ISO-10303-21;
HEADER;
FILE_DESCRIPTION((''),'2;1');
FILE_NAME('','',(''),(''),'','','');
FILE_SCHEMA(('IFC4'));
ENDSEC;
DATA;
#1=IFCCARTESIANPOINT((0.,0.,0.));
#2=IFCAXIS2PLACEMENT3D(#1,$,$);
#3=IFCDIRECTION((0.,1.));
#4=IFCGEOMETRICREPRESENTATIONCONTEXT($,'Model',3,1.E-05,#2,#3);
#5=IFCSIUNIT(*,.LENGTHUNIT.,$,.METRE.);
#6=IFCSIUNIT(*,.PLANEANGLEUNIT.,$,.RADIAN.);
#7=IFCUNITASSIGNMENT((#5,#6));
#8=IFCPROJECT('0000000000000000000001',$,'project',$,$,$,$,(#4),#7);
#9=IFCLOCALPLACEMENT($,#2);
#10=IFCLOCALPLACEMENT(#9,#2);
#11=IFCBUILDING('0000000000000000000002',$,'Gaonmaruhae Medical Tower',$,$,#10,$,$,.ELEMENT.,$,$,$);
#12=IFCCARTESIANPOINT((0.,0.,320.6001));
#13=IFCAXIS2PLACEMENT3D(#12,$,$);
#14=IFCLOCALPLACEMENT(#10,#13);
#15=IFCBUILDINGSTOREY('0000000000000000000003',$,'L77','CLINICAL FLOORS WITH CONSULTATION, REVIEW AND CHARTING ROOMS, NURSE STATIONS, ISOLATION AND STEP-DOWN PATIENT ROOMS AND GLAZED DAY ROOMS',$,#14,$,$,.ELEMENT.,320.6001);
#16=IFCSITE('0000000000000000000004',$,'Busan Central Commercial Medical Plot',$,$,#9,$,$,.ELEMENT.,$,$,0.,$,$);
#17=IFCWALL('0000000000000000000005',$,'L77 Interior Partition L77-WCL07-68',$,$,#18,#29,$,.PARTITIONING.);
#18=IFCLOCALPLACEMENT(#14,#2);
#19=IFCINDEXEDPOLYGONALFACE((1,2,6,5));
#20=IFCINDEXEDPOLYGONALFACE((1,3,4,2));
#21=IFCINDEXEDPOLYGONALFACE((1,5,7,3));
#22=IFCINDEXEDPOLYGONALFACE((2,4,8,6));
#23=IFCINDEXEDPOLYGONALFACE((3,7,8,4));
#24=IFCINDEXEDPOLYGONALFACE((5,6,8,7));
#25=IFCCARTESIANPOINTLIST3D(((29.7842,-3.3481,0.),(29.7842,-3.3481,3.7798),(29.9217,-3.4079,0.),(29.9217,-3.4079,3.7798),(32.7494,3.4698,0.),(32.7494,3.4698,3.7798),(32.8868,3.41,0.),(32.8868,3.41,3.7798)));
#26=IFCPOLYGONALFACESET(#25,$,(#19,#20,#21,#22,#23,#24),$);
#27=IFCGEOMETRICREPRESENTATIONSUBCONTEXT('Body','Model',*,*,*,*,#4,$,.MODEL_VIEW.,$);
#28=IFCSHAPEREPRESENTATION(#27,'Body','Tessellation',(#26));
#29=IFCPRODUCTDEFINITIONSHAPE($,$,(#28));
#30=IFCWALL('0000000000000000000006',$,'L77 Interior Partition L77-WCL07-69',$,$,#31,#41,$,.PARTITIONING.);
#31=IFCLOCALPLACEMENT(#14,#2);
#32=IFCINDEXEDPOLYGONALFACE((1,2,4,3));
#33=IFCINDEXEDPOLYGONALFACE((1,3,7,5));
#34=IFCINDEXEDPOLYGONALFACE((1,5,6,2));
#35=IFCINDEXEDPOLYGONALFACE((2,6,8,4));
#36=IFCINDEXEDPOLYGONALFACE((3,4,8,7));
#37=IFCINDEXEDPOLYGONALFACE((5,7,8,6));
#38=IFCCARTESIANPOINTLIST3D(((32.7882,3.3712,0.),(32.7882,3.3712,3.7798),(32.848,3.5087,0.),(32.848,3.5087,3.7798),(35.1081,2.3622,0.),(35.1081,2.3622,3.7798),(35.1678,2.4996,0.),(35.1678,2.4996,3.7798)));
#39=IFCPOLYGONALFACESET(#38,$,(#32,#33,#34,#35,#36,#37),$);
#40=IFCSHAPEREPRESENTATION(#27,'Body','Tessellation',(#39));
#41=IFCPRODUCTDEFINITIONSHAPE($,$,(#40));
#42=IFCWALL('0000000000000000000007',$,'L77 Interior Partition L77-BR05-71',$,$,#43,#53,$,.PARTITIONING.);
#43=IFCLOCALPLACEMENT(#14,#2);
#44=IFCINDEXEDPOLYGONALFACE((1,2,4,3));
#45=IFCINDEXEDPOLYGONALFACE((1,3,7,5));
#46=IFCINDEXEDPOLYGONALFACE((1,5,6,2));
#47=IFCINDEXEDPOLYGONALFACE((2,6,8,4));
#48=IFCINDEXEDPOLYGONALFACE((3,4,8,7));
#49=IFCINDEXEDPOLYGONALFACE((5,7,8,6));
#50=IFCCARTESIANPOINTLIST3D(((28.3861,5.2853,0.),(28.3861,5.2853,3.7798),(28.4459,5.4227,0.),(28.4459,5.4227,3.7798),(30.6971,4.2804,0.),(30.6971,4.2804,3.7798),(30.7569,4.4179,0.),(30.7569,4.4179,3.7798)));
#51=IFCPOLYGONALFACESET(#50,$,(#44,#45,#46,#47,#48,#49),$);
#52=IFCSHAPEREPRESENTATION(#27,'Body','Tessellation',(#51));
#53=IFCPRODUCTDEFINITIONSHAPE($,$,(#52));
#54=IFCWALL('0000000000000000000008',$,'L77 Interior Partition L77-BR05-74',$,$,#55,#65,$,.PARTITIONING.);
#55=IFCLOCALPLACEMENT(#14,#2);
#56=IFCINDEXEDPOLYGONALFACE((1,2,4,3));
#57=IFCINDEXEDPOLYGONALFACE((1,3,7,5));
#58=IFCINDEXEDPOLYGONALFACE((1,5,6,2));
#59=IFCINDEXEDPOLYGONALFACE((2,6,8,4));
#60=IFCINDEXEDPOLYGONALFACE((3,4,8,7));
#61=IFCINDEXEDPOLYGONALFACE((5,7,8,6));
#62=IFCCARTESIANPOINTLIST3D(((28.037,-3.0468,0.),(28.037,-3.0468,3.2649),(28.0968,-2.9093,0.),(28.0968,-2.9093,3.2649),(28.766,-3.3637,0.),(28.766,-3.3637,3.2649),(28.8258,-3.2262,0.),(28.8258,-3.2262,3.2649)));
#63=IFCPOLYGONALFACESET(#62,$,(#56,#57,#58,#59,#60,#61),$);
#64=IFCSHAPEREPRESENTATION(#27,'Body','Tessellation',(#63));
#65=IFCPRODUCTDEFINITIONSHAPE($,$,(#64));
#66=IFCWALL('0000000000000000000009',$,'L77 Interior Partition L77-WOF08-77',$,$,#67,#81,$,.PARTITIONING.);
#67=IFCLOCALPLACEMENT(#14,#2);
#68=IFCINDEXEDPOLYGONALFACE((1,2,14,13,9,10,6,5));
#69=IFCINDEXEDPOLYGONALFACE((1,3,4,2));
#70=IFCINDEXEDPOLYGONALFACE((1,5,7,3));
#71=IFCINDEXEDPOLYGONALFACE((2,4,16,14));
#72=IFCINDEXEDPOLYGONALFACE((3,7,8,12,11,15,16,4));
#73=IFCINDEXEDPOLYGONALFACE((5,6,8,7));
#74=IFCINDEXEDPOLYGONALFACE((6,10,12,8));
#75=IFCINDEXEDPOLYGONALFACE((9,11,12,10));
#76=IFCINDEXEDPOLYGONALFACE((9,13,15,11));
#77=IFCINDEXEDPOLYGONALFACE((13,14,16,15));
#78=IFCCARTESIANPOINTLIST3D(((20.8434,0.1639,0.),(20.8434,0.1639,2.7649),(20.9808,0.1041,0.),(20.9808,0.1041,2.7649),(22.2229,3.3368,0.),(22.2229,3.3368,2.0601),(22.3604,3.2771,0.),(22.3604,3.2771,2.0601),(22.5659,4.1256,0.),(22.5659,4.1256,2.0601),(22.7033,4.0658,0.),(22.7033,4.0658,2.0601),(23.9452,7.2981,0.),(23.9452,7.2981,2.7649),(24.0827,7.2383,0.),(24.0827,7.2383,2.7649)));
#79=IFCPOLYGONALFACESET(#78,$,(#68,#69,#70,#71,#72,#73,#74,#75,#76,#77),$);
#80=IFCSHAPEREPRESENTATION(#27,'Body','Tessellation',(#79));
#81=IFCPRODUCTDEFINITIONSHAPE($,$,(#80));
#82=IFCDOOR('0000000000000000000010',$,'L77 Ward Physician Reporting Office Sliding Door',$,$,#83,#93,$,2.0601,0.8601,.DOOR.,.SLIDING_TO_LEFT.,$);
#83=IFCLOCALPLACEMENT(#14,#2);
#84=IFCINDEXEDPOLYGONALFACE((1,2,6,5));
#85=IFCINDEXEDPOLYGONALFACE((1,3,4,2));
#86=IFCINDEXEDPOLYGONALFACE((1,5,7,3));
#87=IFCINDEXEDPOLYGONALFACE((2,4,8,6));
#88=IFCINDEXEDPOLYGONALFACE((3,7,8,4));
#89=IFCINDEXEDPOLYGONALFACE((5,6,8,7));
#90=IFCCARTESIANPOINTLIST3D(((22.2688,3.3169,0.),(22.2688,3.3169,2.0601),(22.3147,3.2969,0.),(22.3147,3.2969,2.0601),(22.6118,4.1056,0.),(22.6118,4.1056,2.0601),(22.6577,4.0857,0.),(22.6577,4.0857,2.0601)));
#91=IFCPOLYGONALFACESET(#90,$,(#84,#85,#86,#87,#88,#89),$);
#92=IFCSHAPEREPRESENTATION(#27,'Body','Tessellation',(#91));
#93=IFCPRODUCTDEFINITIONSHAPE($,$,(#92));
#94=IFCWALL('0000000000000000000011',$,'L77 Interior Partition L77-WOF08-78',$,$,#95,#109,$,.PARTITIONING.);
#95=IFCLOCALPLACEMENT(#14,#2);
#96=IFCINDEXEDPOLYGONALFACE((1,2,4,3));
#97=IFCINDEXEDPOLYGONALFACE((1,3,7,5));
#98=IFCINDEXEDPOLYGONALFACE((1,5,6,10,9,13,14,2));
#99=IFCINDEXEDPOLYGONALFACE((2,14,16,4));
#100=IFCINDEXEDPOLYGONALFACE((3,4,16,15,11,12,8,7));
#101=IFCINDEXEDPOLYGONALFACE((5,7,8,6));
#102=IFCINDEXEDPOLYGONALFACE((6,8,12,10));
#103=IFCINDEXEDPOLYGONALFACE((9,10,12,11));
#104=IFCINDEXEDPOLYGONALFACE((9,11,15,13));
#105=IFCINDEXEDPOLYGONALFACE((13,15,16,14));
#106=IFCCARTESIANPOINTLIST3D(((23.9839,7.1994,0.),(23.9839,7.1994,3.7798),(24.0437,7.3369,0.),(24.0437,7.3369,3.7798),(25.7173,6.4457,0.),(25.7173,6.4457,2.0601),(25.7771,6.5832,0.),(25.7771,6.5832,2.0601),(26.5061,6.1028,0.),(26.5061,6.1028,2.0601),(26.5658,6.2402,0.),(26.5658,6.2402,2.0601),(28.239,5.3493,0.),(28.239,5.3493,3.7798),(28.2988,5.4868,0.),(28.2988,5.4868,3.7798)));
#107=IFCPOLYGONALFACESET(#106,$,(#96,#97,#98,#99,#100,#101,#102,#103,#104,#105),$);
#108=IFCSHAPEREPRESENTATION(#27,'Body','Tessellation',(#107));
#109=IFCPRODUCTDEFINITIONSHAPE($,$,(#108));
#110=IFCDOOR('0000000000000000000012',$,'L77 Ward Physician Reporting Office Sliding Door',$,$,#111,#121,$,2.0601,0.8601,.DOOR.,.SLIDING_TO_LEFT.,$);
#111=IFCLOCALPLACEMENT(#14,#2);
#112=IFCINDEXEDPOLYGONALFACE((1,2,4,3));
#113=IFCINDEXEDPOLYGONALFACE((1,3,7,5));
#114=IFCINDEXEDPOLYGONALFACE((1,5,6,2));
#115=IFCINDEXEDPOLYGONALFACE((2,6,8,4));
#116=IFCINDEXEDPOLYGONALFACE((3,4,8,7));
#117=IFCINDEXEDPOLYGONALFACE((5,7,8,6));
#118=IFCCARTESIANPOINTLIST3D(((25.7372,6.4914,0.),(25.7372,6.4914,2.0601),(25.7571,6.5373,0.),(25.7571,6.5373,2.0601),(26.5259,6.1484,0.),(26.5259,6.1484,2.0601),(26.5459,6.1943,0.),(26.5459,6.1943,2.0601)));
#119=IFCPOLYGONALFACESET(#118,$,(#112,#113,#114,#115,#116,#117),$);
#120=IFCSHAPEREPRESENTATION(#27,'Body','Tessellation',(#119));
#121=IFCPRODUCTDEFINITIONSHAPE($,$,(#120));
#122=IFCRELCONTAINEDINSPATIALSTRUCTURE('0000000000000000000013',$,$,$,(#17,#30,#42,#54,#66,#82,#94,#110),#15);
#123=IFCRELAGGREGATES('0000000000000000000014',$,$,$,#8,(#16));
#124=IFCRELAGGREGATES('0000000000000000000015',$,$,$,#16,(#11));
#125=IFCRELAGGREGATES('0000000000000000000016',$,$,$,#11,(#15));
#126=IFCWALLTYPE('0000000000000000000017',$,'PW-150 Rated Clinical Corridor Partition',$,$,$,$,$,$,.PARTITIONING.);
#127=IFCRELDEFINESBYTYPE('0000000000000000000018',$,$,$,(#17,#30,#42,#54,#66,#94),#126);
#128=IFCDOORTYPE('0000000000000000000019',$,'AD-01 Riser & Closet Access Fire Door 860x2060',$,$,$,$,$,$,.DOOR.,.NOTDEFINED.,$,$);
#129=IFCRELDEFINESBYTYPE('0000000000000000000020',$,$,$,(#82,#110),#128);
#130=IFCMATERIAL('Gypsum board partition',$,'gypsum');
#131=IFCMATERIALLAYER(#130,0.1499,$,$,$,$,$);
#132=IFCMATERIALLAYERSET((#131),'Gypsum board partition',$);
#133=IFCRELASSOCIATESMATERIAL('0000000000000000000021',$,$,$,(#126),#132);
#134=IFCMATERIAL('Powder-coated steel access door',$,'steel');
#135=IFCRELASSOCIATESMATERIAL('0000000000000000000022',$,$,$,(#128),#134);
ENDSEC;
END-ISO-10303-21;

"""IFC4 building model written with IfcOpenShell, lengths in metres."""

from ifc_helpers import new_model, si_unit, direction, frame, frame_2d, origin, place, context, subcontext, project, spatial, rectangle, extrude, material, layer, layer_set, type_object, element, fill, save


model = new_model("IFC4")

# Units and contexts
model_context = context("Model", 3, precision=1e-05, world=origin(), true_north=direction((0.0, 1.0)))
body_context = subcontext(model_context, "Body", "Model", "MODEL_VIEW")
ifc_project = project(units=[si_unit("LENGTHUNIT", "METRE"), si_unit("PLANEANGLEUNIT", "RADIAN")], contexts=[model_context])

# Site, building, storey
site_placement = place(None, origin())
site = spatial("IfcSite", under=ifc_project, at=site_placement, Name="Busan Central Commercial Medical Plot", CompositionType="ELEMENT", RefElevation=0.0)
building_placement = place(site_placement, origin())
building = spatial("IfcBuilding", under=site, at=building_placement, Name="Gaonmaruhae Medical Tower", CompositionType="ELEMENT")
storey_placement = place(building_placement, frame((0.0, 0.0, 320.6001)))
storey = spatial("IfcBuildingStorey", under=building, at=storey_placement, Name="L77", Description="CLINICAL FLOORS WITH CONSULTATION, REVIEW AND CHARTING ROOMS, NURSE STATIONS, ISOLATION AND STEP-DOWN PATIENT ROOMS AND GLAZED DAY ROOMS", CompositionType="ELEMENT", Elevation=320.6001)

# Shared definitions
ifc_material_1 = material(Name="Gypsum board partition", Category="gypsum")

# Shared definitions
ifc_layer_1 = layer(ifc_material_1, 0.1499)
ifc_layer_set_1 = layer_set([ifc_layer_1], Name="Gypsum board partition")
wall_type_1 = type_object("IfcWallType", Name="PW-150 Rated Clinical Corridor Partition", PredefinedType="PARTITIONING", material=ifc_layer_set_1)

# Walls
wall_1_placement = place(storey_placement, frame((29.853, -3.3779, 0.0), z_axis=(0.0, 0.0, 1.0), x_axis=(0.398816, 0.917031, 0.0)))
element("IfcWall", 1, at=wall_1_placement, inside=storey, type_object=wall_type_1, Name="L77 Interior Partition L77-WCL07-68", PredefinedType="PARTITIONING", context=body_context, shape_type="SweptSolid", body=[
    extrude(rectangle(XDim=7.4348, YDim=0.1499, at=frame_2d((3.7173, 0.0))), origin(), (0.0, 0.0, 1.0), 3.7798),
])
wall_2_placement = place(storey_placement, frame((32.8181, 3.4399, 0.0), z_axis=(0.0, 0.0, 1.0), x_axis=(0.91701, -0.398864, 0.0)))
element("IfcWall", 2, at=wall_2_placement, inside=storey, type_object=wall_type_1, Name="L77 Interior Partition L77-WCL07-69", PredefinedType="PARTITIONING", context=body_context, shape_type="SweptSolid", body=[
    extrude(rectangle(XDim=2.5298, YDim=0.1499, at=frame_2d((1.2649, 0.0))), origin(), (0.0, 0.0, 1.0), 3.7798),
])

# Walls
wall_3_placement = place(storey_placement, frame((28.416, 5.354, 0.0), z_axis=(0.0, 0.0, 1.0), x_axis=(0.917058, -0.398754, 0.0)))
element("IfcWall", 3, at=wall_3_placement, inside=storey, type_object=wall_type_1, Name="L77 Interior Partition L77-BR05-71", PredefinedType="PARTITIONING", context=body_context, shape_type="SweptSolid", body=[
    extrude(rectangle(XDim=2.52, YDim=0.1499, at=frame_2d((1.26, 0.0))), origin(), (0.0, 0.0, 1.0), 3.7798),
])
wall_4_placement = place(storey_placement, frame((28.7959, -3.2949, 0.0), z_axis=(0.0, 0.0, 1.0), x_axis=(-0.917099, 0.398659, 0.0)))
element("IfcWall", 4, at=wall_4_placement, inside=storey, type_object=wall_type_1, Name="L77 Interior Partition L77-BR05-74", PredefinedType="PARTITIONING", context=body_context, shape_type="SweptSolid", body=[
    extrude(rectangle(XDim=0.7949, YDim=0.1499, at=frame_2d((0.3975, 0.0))), origin(), (0.0, 0.0, 1.0), 3.2649),
])

# Walls, openings, doors
wall_5_placement = place(storey_placement, frame((20.9121, 0.134, 0.0), z_axis=(0.0, 0.0, 1.0), x_axis=(0.398732, 0.917068, 0.0)))
wall_5 = element("IfcWall", 5, at=wall_5_placement, inside=storey, type_object=wall_type_1, Name="L77 Interior Partition L77-WOF08-77", PredefinedType="PARTITIONING", context=body_context, shape_type="SweptSolid", body=[
    extrude(rectangle(XDim=7.7793, YDim=0.1499, at=frame_2d((3.8896, 0.0))), origin(), (0.0, 0.0, 1.0), 2.7649),
])
opening_1_placement = place(wall_5_placement, frame((3.4597, 0.0, 0.0)))
opening_1 = element("IfcOpeningElement", 6, at=opening_1_placement, cuts=wall_5, PredefinedType="OPENING", context=body_context, shape_type="SweptSolid", body=[
    extrude(rectangle(XDim=0.8601, YDim=2.0601, at=frame_2d((0.4302, 1.03))), frame((0.0, 0.085, 0.0), z_axis=(0.0, -1.0, 0.0), x_axis=(1.0, 0.0, 0.0)), (0.0, 0.0, 1.0), 0.1699),
])
ifc_material_2 = material(Name="Powder-coated steel access door", Category="steel")
door_type_1 = type_object("IfcDoorType", Name="AD-01 Riser & Closet Access Fire Door 860x2060", OperationType="NOTDEFINED", PredefinedType="DOOR", material=ifc_material_2)
door_1_placement = place(opening_1_placement, origin())
door_1 = element("IfcDoor", 7, at=door_1_placement, inside=storey, type_object=door_type_1, Name="L77 Ward Physician Reporting Office Sliding Door", OperationType="SLIDING_TO_LEFT", OverallHeight=2.0601, OverallWidth=0.8601, PredefinedType="DOOR", context=body_context, shape_type="SweptSolid", body=[
    extrude(rectangle(XDim=0.8601, YDim=2.0601, at=frame_2d((0.4302, 1.03))), frame((0.0, 0.0249, 0.0), z_axis=(0.0, -1.0, 0.0), x_axis=(1.0, 0.0, 0.0)), (0.0, 0.0, 1.0), 0.05),
])
fill(opening_1, door_1)
wall_6_placement = place(storey_placement, frame((24.0139, 7.2681, 0.0), z_axis=(0.0, 0.0, 1.0), x_axis=(0.917067, -0.398734, 0.0)))
wall_6 = element("IfcWall", 8, at=wall_6_placement, inside=storey, type_object=wall_type_1, Name="L77 Interior Partition L77-WOF08-78", PredefinedType="PARTITIONING", context=body_context, shape_type="SweptSolid", body=[
    extrude(rectangle(XDim=4.6399, YDim=0.1499, at=frame_2d((2.3198, 0.0))), origin(), (0.0, 0.0, 1.0), 3.7798),
])
opening_2_placement = place(wall_6_placement, frame((1.8899, 0.0, 0.0)))
opening_2 = element("IfcOpeningElement", 9, at=opening_2_placement, cuts=wall_6, PredefinedType="OPENING", context=body_context, shape_type="SweptSolid", body=[
    extrude(rectangle(XDim=0.8601, YDim=2.0601, at=frame_2d((0.4302, 1.03))), frame((0.0, 0.085, 0.0), z_axis=(0.0, -1.0, 0.0), x_axis=(1.0, 0.0, 0.0)), (0.0, 0.0, 1.0), 0.1699),
])
door_2_placement = place(opening_2_placement, origin())
door_2 = element("IfcDoor", 10, at=door_2_placement, inside=storey, type_object=door_type_1, Name="L77 Ward Physician Reporting Office Sliding Door", OperationType="SLIDING_TO_LEFT", OverallHeight=2.0601, OverallWidth=0.8601, PredefinedType="DOOR", context=body_context, shape_type="SweptSolid", body=[
    extrude(rectangle(XDim=0.8601, YDim=2.0601, at=frame_2d((0.4302, 1.03))), frame((0.0, 0.0249, 0.0), z_axis=(0.0, -1.0, 0.0), x_axis=(1.0, 0.0, 0.0)), (0.0, 0.0, 1.0), 0.05),
])
fill(opening_2, door_2)

save(model, "model.ifc")
